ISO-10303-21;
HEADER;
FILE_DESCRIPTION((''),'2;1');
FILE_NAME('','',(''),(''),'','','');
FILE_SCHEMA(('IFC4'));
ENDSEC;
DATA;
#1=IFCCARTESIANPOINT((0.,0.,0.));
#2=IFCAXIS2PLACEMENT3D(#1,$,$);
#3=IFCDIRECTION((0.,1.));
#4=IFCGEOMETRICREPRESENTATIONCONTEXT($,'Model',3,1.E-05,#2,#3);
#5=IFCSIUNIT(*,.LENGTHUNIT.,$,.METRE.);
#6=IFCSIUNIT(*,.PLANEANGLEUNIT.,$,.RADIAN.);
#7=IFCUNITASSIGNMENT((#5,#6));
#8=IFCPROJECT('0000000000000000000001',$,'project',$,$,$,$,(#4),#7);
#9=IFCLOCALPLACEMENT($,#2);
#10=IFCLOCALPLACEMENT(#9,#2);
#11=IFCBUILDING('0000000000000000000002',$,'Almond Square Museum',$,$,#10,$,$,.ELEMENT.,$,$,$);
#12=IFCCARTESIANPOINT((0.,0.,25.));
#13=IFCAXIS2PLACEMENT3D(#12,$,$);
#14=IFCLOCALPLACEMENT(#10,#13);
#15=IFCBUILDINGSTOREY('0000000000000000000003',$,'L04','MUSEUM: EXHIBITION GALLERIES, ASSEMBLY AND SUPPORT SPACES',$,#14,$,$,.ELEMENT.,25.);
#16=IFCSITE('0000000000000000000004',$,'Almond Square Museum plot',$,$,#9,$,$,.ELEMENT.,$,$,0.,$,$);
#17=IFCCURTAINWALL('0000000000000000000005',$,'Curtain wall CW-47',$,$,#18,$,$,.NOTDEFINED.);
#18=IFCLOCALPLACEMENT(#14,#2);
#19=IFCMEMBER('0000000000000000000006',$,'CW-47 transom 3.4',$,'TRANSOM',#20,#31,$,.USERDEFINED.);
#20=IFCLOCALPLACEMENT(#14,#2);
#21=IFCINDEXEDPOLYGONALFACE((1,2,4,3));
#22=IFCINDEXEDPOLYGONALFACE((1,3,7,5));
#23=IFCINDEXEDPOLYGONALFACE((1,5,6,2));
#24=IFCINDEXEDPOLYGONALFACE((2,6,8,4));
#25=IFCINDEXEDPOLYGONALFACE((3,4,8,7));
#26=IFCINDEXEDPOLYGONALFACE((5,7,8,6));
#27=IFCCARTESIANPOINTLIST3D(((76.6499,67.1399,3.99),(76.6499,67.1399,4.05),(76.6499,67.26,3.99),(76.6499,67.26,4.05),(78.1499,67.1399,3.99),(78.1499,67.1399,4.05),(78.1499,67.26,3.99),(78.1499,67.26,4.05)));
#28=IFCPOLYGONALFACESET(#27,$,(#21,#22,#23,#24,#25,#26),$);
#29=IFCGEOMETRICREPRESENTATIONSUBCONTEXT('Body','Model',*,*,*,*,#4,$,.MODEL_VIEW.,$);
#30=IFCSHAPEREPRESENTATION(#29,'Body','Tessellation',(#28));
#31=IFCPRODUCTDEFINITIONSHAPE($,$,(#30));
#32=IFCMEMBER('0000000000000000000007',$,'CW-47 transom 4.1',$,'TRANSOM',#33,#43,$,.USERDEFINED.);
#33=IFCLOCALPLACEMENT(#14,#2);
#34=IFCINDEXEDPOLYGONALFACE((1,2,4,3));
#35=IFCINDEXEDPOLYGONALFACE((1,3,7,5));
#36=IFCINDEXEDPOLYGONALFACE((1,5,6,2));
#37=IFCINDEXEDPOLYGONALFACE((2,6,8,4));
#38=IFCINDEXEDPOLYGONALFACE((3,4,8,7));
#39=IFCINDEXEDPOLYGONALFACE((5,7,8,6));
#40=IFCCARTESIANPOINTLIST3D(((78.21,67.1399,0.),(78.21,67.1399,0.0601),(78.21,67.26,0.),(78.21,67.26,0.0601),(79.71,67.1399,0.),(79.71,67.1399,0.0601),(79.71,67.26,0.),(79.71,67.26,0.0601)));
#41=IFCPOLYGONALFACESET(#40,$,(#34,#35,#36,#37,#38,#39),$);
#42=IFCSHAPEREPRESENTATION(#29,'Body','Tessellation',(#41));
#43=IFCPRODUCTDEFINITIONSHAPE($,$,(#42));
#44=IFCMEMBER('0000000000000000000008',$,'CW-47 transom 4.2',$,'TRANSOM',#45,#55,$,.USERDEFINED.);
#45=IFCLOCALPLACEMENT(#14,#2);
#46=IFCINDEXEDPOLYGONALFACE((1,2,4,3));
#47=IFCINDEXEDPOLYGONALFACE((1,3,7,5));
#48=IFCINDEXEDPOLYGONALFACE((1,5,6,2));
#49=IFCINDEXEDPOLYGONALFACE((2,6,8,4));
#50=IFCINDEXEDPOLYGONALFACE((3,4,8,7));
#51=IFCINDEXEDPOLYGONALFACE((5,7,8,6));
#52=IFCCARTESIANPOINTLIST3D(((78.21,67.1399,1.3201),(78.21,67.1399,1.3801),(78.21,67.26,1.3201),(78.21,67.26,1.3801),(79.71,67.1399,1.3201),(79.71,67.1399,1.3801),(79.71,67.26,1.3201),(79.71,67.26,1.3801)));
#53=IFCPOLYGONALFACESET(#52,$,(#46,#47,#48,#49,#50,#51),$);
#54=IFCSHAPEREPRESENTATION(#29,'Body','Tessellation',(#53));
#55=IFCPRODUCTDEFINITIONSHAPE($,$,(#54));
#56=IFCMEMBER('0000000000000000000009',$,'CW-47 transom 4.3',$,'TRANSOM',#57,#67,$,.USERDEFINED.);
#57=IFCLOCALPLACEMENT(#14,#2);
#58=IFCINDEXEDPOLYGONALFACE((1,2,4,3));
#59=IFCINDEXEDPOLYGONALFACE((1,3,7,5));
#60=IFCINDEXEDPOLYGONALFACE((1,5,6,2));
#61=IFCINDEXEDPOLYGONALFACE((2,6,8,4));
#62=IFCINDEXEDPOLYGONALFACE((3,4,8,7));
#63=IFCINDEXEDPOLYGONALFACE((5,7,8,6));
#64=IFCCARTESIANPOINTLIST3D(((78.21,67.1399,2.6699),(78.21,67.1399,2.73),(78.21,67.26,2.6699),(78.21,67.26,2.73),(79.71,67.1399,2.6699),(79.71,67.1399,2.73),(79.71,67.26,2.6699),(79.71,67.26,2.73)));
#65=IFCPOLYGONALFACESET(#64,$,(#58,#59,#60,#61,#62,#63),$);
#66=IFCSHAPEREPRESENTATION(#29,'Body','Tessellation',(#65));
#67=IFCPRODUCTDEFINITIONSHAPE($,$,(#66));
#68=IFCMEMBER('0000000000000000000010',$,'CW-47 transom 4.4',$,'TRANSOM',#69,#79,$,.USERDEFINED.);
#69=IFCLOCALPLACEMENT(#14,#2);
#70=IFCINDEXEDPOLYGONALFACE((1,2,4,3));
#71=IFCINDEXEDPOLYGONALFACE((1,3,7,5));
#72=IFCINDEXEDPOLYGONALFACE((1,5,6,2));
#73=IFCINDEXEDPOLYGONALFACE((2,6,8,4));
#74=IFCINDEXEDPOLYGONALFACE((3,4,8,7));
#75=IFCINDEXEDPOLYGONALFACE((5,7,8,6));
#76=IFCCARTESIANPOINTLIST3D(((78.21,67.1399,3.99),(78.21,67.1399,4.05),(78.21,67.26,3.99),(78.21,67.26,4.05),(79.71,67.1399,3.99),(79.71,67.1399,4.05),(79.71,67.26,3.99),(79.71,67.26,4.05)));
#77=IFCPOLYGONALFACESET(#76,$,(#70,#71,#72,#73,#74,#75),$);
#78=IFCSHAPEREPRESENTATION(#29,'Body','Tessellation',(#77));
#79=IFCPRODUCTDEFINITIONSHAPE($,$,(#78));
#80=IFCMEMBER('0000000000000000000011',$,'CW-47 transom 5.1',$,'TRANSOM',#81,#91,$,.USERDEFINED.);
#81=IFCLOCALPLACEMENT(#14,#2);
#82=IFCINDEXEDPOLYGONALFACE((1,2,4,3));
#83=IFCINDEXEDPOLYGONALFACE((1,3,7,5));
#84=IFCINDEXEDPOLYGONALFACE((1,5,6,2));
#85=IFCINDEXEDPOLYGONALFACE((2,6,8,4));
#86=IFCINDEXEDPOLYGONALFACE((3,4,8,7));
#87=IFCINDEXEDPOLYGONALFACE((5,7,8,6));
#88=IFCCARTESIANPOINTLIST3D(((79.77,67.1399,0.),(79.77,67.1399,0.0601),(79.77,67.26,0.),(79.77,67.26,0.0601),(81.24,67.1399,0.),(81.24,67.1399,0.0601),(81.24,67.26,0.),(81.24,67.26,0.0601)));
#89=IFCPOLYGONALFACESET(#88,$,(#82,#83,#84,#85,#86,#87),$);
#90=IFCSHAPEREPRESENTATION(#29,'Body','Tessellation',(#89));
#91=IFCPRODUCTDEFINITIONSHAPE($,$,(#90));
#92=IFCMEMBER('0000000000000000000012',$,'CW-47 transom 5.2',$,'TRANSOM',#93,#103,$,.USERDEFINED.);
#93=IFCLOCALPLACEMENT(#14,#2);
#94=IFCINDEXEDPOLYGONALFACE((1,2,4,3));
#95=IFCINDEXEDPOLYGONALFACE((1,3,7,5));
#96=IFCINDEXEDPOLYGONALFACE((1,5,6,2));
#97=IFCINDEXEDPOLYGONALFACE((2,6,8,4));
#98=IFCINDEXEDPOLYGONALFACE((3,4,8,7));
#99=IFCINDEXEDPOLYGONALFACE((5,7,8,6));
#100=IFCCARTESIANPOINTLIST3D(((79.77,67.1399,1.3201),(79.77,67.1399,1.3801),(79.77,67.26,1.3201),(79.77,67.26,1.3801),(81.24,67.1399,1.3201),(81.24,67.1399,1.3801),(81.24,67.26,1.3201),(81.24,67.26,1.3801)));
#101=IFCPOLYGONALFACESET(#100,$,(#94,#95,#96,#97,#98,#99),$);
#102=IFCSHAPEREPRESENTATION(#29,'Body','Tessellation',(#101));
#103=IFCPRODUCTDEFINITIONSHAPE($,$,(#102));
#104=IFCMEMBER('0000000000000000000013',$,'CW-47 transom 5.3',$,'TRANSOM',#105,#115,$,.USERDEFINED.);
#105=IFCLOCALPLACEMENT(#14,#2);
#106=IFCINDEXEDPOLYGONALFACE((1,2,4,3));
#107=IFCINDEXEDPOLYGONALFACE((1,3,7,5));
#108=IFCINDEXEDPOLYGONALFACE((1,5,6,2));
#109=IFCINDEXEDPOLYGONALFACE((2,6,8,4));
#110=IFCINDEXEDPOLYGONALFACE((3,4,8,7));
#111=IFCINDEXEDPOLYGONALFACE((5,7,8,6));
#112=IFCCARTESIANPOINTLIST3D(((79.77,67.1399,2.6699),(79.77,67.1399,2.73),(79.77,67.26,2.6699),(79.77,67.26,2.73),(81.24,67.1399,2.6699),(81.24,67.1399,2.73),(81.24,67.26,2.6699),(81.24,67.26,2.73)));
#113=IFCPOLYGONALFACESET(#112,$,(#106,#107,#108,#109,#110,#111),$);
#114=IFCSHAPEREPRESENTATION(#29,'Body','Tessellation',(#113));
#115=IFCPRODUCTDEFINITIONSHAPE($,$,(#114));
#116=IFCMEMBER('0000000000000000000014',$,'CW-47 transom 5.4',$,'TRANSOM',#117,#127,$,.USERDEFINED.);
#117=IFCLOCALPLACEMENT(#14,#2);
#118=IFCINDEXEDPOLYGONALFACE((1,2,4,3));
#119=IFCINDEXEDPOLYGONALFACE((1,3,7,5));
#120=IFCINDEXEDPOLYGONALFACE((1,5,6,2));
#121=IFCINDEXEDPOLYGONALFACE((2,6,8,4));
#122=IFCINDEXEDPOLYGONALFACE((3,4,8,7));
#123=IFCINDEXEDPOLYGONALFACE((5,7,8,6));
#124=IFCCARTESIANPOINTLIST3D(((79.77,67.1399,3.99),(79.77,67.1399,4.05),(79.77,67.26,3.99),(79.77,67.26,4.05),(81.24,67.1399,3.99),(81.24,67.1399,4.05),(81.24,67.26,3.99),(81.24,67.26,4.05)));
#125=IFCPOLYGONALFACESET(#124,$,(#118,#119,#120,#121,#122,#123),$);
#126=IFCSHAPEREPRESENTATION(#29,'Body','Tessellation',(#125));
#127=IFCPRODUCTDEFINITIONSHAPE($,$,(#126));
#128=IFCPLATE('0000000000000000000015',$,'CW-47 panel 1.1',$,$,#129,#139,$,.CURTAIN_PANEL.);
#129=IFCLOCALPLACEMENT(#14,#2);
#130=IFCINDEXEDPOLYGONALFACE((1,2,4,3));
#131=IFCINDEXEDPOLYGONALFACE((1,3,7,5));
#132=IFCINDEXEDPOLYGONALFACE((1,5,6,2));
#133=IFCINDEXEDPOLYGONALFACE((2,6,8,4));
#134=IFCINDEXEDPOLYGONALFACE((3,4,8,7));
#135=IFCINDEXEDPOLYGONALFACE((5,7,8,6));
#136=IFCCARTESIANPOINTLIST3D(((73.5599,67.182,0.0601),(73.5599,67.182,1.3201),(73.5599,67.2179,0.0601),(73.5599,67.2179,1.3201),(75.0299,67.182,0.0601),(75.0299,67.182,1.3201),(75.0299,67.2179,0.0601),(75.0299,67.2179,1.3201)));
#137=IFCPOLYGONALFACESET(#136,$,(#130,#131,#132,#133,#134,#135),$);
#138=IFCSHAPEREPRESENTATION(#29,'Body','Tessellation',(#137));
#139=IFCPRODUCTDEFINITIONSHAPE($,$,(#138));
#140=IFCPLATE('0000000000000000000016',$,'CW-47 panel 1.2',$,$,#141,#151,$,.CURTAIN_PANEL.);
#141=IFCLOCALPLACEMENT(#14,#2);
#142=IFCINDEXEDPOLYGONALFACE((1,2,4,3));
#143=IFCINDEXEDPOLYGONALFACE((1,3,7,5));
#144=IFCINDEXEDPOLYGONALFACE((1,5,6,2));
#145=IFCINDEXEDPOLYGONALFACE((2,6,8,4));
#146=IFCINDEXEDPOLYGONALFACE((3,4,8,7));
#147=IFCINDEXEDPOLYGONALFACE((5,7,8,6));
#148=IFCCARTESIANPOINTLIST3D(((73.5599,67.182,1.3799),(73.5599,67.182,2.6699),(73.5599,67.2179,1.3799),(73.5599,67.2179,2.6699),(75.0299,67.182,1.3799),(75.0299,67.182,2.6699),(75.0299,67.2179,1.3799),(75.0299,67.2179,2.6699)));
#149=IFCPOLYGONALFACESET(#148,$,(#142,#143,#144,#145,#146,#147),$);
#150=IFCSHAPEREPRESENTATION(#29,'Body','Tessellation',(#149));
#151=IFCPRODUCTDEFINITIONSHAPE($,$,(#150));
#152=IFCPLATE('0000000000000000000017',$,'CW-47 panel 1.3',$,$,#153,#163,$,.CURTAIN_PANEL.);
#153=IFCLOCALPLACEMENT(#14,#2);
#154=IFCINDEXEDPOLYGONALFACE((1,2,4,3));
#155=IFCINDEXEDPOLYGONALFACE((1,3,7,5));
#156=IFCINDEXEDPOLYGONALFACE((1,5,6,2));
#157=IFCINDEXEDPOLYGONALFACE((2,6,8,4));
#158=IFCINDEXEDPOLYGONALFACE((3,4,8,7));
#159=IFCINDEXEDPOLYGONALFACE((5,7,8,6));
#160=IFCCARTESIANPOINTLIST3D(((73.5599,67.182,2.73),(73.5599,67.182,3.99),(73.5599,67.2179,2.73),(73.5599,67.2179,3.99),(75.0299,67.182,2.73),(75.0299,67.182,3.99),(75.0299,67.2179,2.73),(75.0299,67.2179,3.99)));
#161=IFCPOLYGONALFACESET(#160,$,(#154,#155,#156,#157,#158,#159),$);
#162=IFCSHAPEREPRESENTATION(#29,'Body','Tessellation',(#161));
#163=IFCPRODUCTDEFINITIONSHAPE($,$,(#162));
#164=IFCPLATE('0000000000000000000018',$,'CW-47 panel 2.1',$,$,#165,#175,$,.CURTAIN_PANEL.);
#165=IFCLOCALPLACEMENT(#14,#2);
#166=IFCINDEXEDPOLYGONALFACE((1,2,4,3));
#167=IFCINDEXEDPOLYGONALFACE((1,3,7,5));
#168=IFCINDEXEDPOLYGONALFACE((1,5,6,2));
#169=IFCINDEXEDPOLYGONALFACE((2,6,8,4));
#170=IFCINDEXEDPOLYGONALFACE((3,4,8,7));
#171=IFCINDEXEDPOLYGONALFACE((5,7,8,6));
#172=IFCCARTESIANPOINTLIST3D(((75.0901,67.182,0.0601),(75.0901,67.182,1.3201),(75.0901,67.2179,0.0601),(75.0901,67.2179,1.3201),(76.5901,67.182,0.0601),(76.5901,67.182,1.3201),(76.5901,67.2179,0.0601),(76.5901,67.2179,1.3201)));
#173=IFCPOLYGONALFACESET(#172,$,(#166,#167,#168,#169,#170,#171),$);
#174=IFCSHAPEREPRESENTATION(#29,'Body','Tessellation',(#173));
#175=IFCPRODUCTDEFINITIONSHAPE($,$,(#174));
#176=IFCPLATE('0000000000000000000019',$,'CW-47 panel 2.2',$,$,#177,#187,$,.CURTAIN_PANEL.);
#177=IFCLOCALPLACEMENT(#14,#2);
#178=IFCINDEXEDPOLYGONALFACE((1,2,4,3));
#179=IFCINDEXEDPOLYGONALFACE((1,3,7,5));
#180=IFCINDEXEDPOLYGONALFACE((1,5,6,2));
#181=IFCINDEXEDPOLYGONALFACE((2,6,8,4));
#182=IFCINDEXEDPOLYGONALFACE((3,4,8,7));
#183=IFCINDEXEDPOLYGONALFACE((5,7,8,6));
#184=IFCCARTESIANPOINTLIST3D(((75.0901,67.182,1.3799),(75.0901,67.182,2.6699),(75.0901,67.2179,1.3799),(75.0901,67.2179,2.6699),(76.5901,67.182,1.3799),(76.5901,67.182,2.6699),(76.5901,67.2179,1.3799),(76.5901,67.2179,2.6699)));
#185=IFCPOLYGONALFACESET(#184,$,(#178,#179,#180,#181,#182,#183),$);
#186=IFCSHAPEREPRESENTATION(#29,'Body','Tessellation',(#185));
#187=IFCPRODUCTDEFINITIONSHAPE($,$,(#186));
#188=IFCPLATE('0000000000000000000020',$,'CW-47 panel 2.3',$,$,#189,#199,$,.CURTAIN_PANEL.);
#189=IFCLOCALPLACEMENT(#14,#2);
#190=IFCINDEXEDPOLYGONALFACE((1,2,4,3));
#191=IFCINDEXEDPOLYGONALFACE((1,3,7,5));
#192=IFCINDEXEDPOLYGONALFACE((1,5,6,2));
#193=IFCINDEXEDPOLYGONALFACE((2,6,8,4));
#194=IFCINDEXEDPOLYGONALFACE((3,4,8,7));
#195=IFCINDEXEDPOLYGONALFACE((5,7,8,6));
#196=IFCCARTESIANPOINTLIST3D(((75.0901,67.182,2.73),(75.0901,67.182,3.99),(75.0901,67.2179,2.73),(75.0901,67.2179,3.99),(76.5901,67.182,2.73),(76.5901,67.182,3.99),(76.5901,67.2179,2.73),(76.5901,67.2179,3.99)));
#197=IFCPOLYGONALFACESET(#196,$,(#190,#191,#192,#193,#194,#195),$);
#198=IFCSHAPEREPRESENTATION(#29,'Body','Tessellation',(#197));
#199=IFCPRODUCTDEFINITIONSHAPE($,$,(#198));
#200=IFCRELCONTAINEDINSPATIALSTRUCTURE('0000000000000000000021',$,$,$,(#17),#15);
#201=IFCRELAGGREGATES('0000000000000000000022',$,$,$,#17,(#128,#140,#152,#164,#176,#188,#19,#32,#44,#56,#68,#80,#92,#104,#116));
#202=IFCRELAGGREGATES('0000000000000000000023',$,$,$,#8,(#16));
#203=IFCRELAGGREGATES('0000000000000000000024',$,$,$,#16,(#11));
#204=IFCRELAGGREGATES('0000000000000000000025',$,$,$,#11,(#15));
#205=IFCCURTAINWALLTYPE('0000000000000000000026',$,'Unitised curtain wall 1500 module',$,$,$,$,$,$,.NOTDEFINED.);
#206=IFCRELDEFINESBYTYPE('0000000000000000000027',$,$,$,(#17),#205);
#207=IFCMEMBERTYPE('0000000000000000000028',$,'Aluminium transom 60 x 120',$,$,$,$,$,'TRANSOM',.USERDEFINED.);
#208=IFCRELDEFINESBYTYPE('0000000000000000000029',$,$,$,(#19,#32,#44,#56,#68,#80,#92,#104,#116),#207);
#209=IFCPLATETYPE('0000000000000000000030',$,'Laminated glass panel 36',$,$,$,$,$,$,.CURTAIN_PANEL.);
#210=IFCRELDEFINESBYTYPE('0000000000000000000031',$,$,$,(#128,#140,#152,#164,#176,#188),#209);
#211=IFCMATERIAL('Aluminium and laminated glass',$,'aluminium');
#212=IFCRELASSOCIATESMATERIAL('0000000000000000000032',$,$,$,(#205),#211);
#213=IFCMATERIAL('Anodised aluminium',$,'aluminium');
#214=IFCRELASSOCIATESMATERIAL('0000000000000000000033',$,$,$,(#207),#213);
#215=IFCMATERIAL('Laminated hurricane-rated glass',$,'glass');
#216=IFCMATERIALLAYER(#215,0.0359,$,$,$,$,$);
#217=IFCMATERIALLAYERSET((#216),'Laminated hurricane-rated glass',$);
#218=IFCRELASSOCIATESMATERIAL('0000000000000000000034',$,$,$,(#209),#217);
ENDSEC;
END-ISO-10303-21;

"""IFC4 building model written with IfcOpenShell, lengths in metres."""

from ifc_helpers import new_model, si_unit, direction, frame, origin, origin_2d, place, context, subcontext, project, spatial, rectangle, extrude, material, layer, layer_set, material_profile, profile_set, type_object, element, aggregate, save


model = new_model("IFC4")

# Units and contexts
model_context = context("Model", 3, precision=1e-05, world=origin(), true_north=direction((0.0, 1.0)))
body_context = subcontext(model_context, "Body", "Model", "MODEL_VIEW")
ifc_project = project(units=[si_unit("LENGTHUNIT", "METRE"), si_unit("PLANEANGLEUNIT", "RADIAN")], contexts=[model_context])

# Site, building, storey
site_placement = place(None, origin())
site = spatial("IfcSite", under=ifc_project, at=site_placement, Name="Almond Square Museum plot", CompositionType="ELEMENT", RefElevation=0.0)
building_placement = place(site_placement, origin())
building = spatial("IfcBuilding", under=site, at=building_placement, Name="Almond Square Museum", CompositionType="ELEMENT")
storey_placement = place(building_placement, frame((0.0, 0.0, 25.0)))
storey = spatial("IfcBuildingStorey", under=building, at=storey_placement, Name="L04", Description="MUSEUM: EXHIBITION GALLERIES, ASSEMBLY AND SUPPORT SPACES", CompositionType="ELEMENT", Elevation=25.0)

# Curtain wall
ifc_material_1 = material(Name="Aluminium and laminated glass", Category="aluminium")
curtain_wall_type = type_object("IfcCurtainWallType", Name="Unitised curtain wall 1500 module", PredefinedType="NOTDEFINED", material=ifc_material_1)
curtain_wall_1_placement = place(storey_placement, origin())
curtain_wall_1 = element("IfcCurtainWall", 1, at=curtain_wall_1_placement, inside=storey, type_object=curtain_wall_type, Name="Curtain wall CW-47", PredefinedType="NOTDEFINED")

# Members
ifc_material_2 = material(Name="Anodised aluminium", Category="aluminium")
ifc_material_profile_1 = material_profile(ifc_material_2, rectangle(XDim=0.1201, YDim=0.0601, at=origin_2d()))
ifc_profile_set_1 = profile_set([ifc_material_profile_1], Name="Anodised aluminium")
member_type_1 = type_object("IfcMemberType", Name="Aluminium transom 60 x 120", ElementType="TRANSOM", PredefinedType="USERDEFINED", material=ifc_profile_set_1)
member_1_placement = place(storey_placement, frame((76.6499, 67.2, 4.02), z_axis=(1.0, 0.0, 0.0), x_axis=(0.0, 1.0, 0.0)))
member_1 = element("IfcMember", 2, at=member_1_placement, type_object=member_type_1, Name="CW-47 transom 3.4", ObjectType="TRANSOM", PredefinedType="USERDEFINED", context=body_context, shape_type="SweptSolid", body=[
    extrude(rectangle(XDim=0.1201, YDim=0.0601, at=origin_2d()), origin(), (0.0, 0.0, 1.0), 1.5),
])
member_2_placement = place(storey_placement, frame((78.21, 67.2, 0.03), z_axis=(1.0, 0.0, 0.0), x_axis=(0.0, 1.0, 0.0)))
member_2 = element("IfcMember", 3, at=member_2_placement, type_object=member_type_1, Name="CW-47 transom 4.1", ObjectType="TRANSOM", PredefinedType="USERDEFINED", context=body_context, shape_type="SweptSolid", body=[
    extrude(rectangle(XDim=0.1201, YDim=0.0601, at=origin_2d()), origin(), (0.0, 0.0, 1.0), 1.5),
])
member_3_placement = place(storey_placement, frame((78.21, 67.2, 1.3501), z_axis=(1.0, 0.0, 0.0), x_axis=(0.0, 1.0, 0.0)))
member_3 = element("IfcMember", 4, at=member_3_placement, type_object=member_type_1, Name="CW-47 transom 4.2", ObjectType="TRANSOM", PredefinedType="USERDEFINED", context=body_context, shape_type="SweptSolid", body=[
    extrude(rectangle(XDim=0.1201, YDim=0.0601, at=origin_2d()), origin(), (0.0, 0.0, 1.0), 1.5),
])
member_4_placement = place(storey_placement, frame((78.21, 67.2, 2.7), z_axis=(1.0, 0.0, 0.0), x_axis=(0.0, 1.0, 0.0)))
member_4 = element("IfcMember", 5, at=member_4_placement, type_object=member_type_1, Name="CW-47 transom 4.3", ObjectType="TRANSOM", PredefinedType="USERDEFINED", context=body_context, shape_type="SweptSolid", body=[
    extrude(rectangle(XDim=0.1201, YDim=0.0601, at=origin_2d()), origin(), (0.0, 0.0, 1.0), 1.5),
])
member_5_placement = place(storey_placement, frame((78.21, 67.2, 4.02), z_axis=(1.0, 0.0, 0.0), x_axis=(0.0, 1.0, 0.0)))
member_5 = element("IfcMember", 6, at=member_5_placement, type_object=member_type_1, Name="CW-47 transom 4.4", ObjectType="TRANSOM", PredefinedType="USERDEFINED", context=body_context, shape_type="SweptSolid", body=[
    extrude(rectangle(XDim=0.1201, YDim=0.0601, at=origin_2d()), origin(), (0.0, 0.0, 1.0), 1.5),
])
member_6_placement = place(storey_placement, frame((79.77, 67.2, 0.03), z_axis=(1.0, 0.0, 0.0), x_axis=(0.0, 1.0, 0.0)))
member_6 = element("IfcMember", 7, at=member_6_placement, type_object=member_type_1, Name="CW-47 transom 5.1", ObjectType="TRANSOM", PredefinedType="USERDEFINED", context=body_context, shape_type="SweptSolid", body=[
    extrude(rectangle(XDim=0.1201, YDim=0.0601, at=origin_2d()), origin(), (0.0, 0.0, 1.0), 1.47),
])
member_7_placement = place(storey_placement, frame((79.77, 67.2, 1.3501), z_axis=(1.0, 0.0, 0.0), x_axis=(0.0, 1.0, 0.0)))
member_7 = element("IfcMember", 8, at=member_7_placement, type_object=member_type_1, Name="CW-47 transom 5.2", ObjectType="TRANSOM", PredefinedType="USERDEFINED", context=body_context, shape_type="SweptSolid", body=[
    extrude(rectangle(XDim=0.1201, YDim=0.0601, at=origin_2d()), origin(), (0.0, 0.0, 1.0), 1.47),
])
member_8_placement = place(storey_placement, frame((79.77, 67.2, 2.7), z_axis=(1.0, 0.0, 0.0), x_axis=(0.0, 1.0, 0.0)))
member_8 = element("IfcMember", 9, at=member_8_placement, type_object=member_type_1, Name="CW-47 transom 5.3", ObjectType="TRANSOM", PredefinedType="USERDEFINED", context=body_context, shape_type="SweptSolid", body=[
    extrude(rectangle(XDim=0.1201, YDim=0.0601, at=origin_2d()), origin(), (0.0, 0.0, 1.0), 1.47),
])
member_9_placement = place(storey_placement, frame((79.77, 67.2, 4.02), z_axis=(1.0, 0.0, 0.0), x_axis=(0.0, 1.0, 0.0)))
member_9 = element("IfcMember", 10, at=member_9_placement, type_object=member_type_1, Name="CW-47 transom 5.4", ObjectType="TRANSOM", PredefinedType="USERDEFINED", context=body_context, shape_type="SweptSolid", body=[
    extrude(rectangle(XDim=0.1201, YDim=0.0601, at=origin_2d()), origin(), (0.0, 0.0, 1.0), 1.47),
])

# Plates
ifc_material_3 = material(Name="Laminated hurricane-rated glass", Category="glass")
ifc_layer = layer(ifc_material_3, 0.0359)
ifc_layer_set = layer_set([ifc_layer], Name="Laminated hurricane-rated glass")
plate_type = type_object("IfcPlateType", Name="Laminated glass panel 36", PredefinedType="CURTAIN_PANEL", material=ifc_layer_set)
plate_1_placement = place(storey_placement, frame((74.2949, 67.2, 0.0601), z_axis=(0.0, 0.0, 1.0), x_axis=(1.0, 0.0, 0.0)))
plate_1 = element("IfcPlate", 11, at=plate_1_placement, type_object=plate_type, Name="CW-47 panel 1.1", PredefinedType="CURTAIN_PANEL", context=body_context, shape_type="SweptSolid", body=[
    extrude(rectangle(XDim=1.47, YDim=0.0359, at=origin_2d()), origin(), (0.0, 0.0, 1.0), 1.26),
])
plate_2_placement = place(storey_placement, frame((74.2949, 67.2, 1.3799), z_axis=(0.0, 0.0, 1.0), x_axis=(1.0, 0.0, 0.0)))
plate_2 = element("IfcPlate", 12, at=plate_2_placement, type_object=plate_type, Name="CW-47 panel 1.2", PredefinedType="CURTAIN_PANEL", context=body_context, shape_type="SweptSolid", body=[
    extrude(rectangle(XDim=1.47, YDim=0.0359, at=origin_2d()), origin(), (0.0, 0.0, 1.0), 1.29),
])
plate_3_placement = place(storey_placement, frame((74.2949, 67.2, 2.73), z_axis=(0.0, 0.0, 1.0), x_axis=(1.0, 0.0, 0.0)))
plate_3 = element("IfcPlate", 13, at=plate_3_placement, type_object=plate_type, Name="CW-47 panel 1.3", PredefinedType="CURTAIN_PANEL", context=body_context, shape_type="SweptSolid", body=[
    extrude(rectangle(XDim=1.47, YDim=0.0359, at=origin_2d()), origin(), (0.0, 0.0, 1.0), 1.26),
])
plate_4_placement = place(storey_placement, frame((75.8401, 67.2, 0.0601), z_axis=(0.0, 0.0, 1.0), x_axis=(1.0, 0.0, 0.0)))
plate_4 = element("IfcPlate", 14, at=plate_4_placement, type_object=plate_type, Name="CW-47 panel 2.1", PredefinedType="CURTAIN_PANEL", context=body_context, shape_type="SweptSolid", body=[
    extrude(rectangle(XDim=1.5, YDim=0.0359, at=origin_2d()), origin(), (0.0, 0.0, 1.0), 1.26),
])
plate_5_placement = place(storey_placement, frame((75.8401, 67.2, 1.3799), z_axis=(0.0, 0.0, 1.0), x_axis=(1.0, 0.0, 0.0)))
plate_5 = element("IfcPlate", 15, at=plate_5_placement, type_object=plate_type, Name="CW-47 panel 2.2", PredefinedType="CURTAIN_PANEL", context=body_context, shape_type="SweptSolid", body=[
    extrude(rectangle(XDim=1.5, YDim=0.0359, at=origin_2d()), origin(), (0.0, 0.0, 1.0), 1.29),
])
plate_6_placement = place(storey_placement, frame((75.8401, 67.2, 2.73), z_axis=(0.0, 0.0, 1.0), x_axis=(1.0, 0.0, 0.0)))
plate_6 = element("IfcPlate", 16, at=plate_6_placement, type_object=plate_type, Name="CW-47 panel 2.3", PredefinedType="CURTAIN_PANEL", context=body_context, shape_type="SweptSolid", body=[
    extrude(rectangle(XDim=1.5, YDim=0.0359, at=origin_2d()), origin(), (0.0, 0.0, 1.0), 1.26),
])
aggregate(curtain_wall_1, [plate_1, plate_2, plate_3, plate_4, plate_5, plate_6, member_1, member_2, member_3, member_4, member_5, member_6, member_7, member_8, member_9])

save(model, "model.ifc")
